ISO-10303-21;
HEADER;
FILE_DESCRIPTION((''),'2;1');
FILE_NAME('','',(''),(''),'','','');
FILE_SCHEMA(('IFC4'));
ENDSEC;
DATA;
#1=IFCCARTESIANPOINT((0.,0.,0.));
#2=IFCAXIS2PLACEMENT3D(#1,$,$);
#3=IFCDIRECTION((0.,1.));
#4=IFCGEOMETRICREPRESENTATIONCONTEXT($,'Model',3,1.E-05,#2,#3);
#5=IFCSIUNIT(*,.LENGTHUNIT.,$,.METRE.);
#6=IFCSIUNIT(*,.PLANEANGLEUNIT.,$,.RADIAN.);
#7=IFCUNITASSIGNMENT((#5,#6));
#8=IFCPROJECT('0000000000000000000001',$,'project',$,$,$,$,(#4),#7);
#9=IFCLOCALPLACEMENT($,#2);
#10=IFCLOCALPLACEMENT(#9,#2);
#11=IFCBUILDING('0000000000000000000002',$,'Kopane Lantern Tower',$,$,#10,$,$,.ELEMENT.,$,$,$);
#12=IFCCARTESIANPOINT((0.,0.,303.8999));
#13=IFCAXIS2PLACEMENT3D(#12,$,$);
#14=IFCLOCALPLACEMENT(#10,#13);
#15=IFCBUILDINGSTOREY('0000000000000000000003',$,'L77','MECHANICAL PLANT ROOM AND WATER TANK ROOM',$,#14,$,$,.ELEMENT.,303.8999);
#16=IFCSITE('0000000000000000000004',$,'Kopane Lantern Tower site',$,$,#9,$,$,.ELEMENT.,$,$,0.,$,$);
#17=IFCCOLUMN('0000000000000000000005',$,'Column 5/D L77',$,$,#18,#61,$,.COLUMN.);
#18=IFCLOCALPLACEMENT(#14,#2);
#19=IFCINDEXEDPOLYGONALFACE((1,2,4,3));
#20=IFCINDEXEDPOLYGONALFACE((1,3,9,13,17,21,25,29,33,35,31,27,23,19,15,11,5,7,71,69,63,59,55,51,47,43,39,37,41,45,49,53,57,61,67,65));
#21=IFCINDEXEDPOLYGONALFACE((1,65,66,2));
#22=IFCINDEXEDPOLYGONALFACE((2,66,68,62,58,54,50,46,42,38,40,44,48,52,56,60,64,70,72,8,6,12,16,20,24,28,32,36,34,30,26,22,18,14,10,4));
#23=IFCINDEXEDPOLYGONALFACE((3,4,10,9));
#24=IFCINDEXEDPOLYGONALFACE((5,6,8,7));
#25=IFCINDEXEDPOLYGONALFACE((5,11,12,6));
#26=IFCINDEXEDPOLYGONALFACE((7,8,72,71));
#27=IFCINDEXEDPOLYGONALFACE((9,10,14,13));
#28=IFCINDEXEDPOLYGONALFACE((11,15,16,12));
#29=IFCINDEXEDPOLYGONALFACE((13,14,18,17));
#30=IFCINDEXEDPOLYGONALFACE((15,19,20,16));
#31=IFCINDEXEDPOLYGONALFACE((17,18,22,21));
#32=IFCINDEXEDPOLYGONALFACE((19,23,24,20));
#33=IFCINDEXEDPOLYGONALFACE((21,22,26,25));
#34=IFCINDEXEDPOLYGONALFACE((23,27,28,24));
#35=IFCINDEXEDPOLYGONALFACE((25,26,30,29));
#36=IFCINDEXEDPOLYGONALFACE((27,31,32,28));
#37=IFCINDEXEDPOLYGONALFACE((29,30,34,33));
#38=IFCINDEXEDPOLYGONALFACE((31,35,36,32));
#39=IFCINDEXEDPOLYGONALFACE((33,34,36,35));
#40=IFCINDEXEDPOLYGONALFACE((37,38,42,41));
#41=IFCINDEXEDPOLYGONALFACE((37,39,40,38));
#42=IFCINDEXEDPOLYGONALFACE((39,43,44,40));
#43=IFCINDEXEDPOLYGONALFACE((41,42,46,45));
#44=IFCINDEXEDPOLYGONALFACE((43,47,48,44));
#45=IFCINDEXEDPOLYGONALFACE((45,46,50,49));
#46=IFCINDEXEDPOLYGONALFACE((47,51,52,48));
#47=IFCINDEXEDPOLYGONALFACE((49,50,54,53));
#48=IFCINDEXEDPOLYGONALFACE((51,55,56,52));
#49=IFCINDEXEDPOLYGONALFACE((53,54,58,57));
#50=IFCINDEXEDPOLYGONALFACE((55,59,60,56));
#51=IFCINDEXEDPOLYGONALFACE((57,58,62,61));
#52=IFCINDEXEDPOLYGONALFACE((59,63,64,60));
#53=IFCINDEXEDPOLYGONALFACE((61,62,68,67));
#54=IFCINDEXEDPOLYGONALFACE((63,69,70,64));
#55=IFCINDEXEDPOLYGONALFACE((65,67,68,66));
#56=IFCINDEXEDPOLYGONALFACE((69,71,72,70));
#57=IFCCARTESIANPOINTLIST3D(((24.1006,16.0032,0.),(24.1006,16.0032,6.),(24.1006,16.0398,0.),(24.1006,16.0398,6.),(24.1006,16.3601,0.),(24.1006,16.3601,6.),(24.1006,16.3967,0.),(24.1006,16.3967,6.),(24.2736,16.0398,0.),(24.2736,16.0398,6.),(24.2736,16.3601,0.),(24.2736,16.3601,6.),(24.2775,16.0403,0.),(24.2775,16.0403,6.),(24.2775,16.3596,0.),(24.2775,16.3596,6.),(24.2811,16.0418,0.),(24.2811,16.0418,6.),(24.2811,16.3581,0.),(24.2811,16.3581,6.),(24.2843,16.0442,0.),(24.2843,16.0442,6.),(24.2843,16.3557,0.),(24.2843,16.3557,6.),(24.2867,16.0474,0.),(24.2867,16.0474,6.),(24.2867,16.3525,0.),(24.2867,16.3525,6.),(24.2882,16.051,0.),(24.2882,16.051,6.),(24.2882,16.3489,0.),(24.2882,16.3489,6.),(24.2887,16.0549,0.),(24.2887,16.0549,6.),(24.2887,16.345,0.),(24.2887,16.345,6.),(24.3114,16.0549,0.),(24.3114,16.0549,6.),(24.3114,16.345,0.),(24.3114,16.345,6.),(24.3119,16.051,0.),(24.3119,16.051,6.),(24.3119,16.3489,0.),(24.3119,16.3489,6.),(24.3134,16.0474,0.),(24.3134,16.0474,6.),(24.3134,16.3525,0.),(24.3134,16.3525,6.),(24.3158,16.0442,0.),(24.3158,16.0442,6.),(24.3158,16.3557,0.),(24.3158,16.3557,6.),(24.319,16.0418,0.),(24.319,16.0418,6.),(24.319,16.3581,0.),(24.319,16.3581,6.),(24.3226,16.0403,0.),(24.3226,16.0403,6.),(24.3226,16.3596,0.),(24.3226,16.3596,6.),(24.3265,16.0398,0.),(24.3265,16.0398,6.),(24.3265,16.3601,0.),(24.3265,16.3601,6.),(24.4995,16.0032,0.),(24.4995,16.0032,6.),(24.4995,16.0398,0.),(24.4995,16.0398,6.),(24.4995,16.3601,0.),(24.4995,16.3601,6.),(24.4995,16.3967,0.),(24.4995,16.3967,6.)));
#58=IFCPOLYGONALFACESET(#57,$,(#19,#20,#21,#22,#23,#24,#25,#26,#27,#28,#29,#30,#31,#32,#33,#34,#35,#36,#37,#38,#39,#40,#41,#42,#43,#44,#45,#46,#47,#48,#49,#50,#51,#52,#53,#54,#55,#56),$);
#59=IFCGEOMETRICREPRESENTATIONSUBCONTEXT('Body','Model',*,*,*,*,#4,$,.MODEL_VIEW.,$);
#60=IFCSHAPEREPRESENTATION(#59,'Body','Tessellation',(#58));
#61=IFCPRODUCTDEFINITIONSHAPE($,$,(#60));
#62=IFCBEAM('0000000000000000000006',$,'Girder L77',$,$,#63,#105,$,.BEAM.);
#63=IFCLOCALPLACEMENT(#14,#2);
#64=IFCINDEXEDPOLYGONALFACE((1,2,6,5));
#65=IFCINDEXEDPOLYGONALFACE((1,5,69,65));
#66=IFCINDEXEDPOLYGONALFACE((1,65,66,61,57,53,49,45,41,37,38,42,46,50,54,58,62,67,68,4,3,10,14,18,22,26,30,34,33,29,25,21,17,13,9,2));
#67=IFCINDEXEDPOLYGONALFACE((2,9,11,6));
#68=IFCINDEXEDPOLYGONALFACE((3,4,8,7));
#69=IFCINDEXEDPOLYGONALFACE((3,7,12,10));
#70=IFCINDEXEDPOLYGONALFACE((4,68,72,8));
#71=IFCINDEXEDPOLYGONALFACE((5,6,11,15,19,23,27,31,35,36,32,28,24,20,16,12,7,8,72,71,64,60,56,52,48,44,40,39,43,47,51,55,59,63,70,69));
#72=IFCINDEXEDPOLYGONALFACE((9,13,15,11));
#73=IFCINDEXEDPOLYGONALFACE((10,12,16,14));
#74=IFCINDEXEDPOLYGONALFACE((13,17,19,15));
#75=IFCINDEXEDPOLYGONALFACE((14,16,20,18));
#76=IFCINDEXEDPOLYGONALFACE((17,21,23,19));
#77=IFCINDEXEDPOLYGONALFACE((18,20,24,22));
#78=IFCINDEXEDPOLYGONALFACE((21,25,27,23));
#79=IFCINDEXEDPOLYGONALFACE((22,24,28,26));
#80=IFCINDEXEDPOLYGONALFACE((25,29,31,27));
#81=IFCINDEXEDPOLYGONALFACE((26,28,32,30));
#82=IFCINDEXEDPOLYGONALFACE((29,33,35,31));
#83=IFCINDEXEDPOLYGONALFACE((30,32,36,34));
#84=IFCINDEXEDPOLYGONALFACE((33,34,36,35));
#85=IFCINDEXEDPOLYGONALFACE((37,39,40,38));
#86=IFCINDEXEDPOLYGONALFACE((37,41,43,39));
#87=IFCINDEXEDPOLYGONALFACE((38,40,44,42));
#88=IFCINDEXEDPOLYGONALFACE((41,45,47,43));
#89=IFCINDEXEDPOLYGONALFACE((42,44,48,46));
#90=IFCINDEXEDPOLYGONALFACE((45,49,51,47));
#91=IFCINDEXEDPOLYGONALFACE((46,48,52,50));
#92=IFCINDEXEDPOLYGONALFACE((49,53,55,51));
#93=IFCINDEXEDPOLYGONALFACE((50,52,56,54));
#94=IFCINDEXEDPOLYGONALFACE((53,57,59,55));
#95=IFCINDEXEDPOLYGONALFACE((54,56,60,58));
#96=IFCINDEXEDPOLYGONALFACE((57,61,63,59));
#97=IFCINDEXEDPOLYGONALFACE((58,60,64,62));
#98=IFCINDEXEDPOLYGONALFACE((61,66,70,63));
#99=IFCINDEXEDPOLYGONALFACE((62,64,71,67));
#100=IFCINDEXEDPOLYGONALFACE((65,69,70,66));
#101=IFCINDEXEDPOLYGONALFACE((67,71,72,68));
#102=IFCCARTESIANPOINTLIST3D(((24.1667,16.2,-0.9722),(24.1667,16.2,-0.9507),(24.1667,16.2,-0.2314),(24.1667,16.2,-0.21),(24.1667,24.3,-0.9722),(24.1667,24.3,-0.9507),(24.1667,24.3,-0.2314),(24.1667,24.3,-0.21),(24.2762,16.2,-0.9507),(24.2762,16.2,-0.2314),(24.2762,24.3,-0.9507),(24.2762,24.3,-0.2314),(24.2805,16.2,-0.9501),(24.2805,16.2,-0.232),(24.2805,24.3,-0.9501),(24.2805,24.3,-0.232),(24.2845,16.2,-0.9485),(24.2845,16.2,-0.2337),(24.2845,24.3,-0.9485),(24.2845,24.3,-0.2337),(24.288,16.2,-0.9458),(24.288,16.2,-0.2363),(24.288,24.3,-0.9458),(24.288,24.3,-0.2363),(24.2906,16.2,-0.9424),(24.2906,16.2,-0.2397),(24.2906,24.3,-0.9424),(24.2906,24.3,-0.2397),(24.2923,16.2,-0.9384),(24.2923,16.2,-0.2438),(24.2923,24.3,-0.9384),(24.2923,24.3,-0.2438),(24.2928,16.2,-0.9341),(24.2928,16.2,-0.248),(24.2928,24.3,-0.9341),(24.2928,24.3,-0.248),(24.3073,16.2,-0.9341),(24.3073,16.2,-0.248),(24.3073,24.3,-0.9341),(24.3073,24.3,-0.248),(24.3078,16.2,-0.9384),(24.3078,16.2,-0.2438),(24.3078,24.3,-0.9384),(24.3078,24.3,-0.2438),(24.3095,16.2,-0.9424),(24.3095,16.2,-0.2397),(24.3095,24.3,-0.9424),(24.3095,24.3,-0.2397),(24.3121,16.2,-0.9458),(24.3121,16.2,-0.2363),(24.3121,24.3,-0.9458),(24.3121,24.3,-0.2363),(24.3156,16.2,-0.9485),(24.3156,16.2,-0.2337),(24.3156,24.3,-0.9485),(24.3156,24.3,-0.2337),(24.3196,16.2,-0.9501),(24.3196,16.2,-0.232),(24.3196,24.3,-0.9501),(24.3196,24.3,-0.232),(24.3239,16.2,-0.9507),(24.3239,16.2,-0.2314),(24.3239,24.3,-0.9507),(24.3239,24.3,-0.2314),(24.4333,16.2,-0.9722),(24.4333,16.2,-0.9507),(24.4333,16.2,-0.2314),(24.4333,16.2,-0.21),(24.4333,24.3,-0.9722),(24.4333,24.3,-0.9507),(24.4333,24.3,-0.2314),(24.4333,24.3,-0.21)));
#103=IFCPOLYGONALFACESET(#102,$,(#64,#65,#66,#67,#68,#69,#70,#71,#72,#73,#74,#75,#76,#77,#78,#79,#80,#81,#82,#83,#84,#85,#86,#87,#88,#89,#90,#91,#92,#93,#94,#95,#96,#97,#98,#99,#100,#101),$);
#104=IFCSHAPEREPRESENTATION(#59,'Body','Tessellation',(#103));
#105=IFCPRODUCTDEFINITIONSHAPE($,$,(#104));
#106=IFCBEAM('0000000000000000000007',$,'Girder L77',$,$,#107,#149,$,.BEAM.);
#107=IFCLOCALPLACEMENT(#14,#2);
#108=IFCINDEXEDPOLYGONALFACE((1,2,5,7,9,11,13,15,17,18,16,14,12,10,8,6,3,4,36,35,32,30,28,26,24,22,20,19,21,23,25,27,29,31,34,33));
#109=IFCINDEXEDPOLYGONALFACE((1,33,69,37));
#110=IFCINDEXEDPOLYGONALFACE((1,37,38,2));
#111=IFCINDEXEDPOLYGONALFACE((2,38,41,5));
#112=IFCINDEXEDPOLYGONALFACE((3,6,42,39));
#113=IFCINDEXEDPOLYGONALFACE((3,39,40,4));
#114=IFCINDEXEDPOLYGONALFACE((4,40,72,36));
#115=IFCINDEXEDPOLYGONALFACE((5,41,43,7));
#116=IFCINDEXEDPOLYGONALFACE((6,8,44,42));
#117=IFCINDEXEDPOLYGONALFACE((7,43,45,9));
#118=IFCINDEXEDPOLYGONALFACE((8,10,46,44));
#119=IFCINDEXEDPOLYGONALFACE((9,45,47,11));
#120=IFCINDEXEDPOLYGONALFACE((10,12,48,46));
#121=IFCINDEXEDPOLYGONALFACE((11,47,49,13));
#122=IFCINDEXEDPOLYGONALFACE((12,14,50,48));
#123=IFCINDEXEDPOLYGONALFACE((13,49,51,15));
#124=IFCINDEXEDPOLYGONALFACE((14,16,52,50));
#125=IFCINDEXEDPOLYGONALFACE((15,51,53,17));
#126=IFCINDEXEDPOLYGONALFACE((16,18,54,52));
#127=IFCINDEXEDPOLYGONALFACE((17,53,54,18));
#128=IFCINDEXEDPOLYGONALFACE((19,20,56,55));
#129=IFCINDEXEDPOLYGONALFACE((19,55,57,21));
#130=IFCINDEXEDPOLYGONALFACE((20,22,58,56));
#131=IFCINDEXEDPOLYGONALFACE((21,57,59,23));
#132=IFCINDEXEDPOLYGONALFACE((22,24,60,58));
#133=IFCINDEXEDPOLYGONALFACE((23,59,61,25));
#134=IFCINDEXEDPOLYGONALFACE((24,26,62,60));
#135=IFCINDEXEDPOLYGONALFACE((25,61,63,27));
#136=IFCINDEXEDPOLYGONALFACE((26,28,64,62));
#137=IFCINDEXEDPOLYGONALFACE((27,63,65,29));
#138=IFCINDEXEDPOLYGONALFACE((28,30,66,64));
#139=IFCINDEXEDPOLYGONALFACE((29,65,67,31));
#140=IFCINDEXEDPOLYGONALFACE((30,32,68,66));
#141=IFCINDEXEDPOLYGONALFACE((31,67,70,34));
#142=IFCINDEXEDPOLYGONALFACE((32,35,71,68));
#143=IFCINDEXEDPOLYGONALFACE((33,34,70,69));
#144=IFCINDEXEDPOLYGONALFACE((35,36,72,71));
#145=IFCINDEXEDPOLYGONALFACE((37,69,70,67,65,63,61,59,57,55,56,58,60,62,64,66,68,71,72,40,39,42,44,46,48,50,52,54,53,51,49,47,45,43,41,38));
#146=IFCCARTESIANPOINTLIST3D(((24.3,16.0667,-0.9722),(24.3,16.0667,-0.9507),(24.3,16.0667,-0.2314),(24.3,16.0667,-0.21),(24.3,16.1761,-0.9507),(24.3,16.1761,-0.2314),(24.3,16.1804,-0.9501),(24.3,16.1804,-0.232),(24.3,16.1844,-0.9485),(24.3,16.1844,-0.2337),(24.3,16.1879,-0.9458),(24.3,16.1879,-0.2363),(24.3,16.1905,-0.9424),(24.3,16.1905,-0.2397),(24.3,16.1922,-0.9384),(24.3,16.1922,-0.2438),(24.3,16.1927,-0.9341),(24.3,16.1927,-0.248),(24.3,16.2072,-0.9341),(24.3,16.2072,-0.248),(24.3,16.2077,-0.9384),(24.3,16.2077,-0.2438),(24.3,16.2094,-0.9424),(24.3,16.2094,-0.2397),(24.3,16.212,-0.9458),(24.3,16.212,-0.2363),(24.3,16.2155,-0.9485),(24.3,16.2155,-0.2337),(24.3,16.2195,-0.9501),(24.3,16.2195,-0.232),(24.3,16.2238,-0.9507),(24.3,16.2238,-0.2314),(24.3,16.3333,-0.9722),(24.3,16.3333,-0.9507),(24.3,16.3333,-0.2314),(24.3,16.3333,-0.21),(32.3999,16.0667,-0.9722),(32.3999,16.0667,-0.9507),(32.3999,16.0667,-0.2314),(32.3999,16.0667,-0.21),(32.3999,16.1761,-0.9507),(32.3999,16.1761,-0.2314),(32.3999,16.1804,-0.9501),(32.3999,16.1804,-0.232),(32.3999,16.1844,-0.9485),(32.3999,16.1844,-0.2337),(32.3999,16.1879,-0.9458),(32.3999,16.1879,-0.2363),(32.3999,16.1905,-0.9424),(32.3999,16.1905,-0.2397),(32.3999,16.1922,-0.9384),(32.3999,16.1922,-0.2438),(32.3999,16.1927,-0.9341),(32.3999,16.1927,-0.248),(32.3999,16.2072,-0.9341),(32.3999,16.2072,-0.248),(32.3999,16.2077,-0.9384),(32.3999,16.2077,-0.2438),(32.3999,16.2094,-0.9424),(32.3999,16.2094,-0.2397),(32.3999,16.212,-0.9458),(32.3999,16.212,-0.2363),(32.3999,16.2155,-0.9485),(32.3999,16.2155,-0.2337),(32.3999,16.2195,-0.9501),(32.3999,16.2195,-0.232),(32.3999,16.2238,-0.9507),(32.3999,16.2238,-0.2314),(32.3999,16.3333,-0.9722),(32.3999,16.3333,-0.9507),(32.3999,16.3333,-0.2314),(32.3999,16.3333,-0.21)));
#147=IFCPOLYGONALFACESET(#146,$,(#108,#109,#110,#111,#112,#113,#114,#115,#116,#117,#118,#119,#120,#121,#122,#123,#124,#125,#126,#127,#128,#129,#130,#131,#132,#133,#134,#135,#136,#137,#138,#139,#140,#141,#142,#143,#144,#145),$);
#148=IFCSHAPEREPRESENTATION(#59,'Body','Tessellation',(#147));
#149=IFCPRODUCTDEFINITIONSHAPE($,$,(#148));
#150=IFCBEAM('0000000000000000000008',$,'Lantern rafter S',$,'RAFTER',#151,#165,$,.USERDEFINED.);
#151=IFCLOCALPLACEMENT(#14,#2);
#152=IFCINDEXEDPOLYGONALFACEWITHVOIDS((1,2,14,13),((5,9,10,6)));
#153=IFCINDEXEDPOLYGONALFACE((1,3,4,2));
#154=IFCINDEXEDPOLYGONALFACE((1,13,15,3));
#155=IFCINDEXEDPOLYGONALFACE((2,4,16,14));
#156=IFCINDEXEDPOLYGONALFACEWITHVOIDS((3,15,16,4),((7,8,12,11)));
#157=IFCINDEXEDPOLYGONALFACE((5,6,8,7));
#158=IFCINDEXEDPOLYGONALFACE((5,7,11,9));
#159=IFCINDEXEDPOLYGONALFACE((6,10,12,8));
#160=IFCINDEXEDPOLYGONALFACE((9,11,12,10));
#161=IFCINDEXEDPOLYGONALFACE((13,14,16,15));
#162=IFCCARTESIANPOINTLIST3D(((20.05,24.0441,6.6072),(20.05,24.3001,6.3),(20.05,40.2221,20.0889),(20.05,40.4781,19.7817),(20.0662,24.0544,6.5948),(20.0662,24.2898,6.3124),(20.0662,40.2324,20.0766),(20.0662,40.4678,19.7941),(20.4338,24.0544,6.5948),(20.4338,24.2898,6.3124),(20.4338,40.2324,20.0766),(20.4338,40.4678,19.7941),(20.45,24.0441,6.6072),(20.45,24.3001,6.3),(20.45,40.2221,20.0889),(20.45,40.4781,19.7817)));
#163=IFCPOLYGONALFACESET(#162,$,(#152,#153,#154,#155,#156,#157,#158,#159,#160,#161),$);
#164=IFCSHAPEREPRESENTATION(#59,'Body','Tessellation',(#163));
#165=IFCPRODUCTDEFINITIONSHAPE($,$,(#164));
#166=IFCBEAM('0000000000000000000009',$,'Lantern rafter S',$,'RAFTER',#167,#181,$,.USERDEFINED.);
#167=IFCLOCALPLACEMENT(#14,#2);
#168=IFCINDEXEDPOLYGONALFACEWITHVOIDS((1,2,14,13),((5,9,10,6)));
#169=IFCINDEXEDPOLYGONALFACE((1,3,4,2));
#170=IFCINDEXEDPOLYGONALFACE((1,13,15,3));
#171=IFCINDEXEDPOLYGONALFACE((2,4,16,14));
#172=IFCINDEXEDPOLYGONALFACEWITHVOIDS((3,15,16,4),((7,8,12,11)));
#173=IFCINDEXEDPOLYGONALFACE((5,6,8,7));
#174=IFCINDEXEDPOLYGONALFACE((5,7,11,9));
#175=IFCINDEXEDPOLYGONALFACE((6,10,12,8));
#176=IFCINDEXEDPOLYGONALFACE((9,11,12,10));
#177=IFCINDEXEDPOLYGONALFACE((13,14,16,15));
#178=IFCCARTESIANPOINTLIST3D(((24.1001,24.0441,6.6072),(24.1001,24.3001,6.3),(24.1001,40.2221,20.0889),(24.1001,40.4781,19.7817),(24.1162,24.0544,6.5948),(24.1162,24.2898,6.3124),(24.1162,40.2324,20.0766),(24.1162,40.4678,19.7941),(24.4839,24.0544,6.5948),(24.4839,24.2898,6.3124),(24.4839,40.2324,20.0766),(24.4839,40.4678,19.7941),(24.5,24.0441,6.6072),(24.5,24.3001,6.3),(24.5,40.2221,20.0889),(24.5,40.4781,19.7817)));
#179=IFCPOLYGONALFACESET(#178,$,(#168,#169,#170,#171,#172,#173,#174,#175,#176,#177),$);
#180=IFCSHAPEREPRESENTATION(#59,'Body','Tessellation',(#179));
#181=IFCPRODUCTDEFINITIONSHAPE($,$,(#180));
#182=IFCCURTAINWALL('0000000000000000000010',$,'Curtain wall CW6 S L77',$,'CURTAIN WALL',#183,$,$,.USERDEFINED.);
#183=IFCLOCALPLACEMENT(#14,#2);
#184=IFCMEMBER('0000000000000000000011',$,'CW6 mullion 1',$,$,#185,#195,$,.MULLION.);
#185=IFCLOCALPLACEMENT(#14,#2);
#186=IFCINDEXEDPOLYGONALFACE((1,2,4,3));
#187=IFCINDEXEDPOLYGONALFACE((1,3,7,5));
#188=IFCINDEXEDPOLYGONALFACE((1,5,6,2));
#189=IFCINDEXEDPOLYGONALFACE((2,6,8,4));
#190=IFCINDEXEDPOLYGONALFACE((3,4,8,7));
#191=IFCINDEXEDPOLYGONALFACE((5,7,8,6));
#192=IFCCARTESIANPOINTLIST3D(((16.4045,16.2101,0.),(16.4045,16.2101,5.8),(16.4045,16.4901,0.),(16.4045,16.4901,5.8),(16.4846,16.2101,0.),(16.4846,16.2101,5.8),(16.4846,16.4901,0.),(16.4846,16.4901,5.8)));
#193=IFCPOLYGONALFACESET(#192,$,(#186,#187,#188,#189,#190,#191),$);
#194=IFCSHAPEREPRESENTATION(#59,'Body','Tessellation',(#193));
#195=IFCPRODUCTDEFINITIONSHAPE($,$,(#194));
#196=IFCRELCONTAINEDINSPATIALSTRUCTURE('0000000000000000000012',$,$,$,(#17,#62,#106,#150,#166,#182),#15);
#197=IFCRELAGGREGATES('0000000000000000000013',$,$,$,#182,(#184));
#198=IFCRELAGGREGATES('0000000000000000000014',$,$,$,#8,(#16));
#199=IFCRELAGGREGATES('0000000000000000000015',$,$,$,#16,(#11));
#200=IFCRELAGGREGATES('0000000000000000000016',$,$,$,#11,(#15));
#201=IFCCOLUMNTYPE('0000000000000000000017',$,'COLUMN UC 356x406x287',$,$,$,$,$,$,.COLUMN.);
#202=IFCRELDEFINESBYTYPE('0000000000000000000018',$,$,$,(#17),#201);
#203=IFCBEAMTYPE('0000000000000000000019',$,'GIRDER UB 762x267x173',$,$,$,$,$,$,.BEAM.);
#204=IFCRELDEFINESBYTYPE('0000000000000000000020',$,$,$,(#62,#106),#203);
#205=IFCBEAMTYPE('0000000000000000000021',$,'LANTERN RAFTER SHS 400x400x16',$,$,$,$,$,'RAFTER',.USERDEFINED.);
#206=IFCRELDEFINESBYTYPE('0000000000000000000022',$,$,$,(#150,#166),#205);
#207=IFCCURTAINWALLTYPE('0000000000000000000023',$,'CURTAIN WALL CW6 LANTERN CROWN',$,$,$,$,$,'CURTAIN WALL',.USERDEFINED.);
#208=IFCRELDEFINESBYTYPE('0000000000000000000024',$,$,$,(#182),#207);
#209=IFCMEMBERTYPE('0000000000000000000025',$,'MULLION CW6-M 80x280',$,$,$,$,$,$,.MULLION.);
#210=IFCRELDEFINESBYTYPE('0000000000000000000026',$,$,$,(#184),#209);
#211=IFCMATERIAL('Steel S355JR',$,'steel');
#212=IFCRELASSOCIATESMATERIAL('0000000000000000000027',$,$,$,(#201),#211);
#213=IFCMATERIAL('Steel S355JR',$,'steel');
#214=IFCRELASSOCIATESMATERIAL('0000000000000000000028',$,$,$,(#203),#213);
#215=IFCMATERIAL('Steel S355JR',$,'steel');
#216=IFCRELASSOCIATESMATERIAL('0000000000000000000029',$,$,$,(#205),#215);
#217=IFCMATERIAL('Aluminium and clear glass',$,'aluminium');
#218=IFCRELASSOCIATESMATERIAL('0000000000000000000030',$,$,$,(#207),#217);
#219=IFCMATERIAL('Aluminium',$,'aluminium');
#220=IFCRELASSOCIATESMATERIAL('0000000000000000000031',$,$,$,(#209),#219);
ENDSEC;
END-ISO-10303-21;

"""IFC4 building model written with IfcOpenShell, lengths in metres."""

from ifc_helpers import new_model, si_unit, direction, frame, origin, origin_2d, place, context, subcontext, project, spatial, rectangle, hollow_rectangle, i_section, extrude, material, material_profile, profile_set, type_object, element, aggregate, save


model = new_model("IFC4")

# Units and contexts
model_context = context("Model", 3, precision=1e-05, world=origin(), true_north=direction((0.0, 1.0)))
body_context = subcontext(model_context, "Body", "Model", "MODEL_VIEW")
ifc_project = project(units=[si_unit("LENGTHUNIT", "METRE"), si_unit("PLANEANGLEUNIT", "RADIAN")], contexts=[model_context])

# Site, building, storey
site_placement = place(None, origin())
site = spatial("IfcSite", under=ifc_project, at=site_placement, Name="Kopane Lantern Tower site", CompositionType="ELEMENT", RefElevation=0.0)
building_placement = place(site_placement, origin())
building = spatial("IfcBuilding", under=site, at=building_placement, Name="Kopane Lantern Tower", CompositionType="ELEMENT")
storey_placement = place(building_placement, frame((0.0, 0.0, 303.8999)))
storey = spatial("IfcBuildingStorey", under=building, at=storey_placement, Name="L77", Description="MECHANICAL PLANT ROOM AND WATER TANK ROOM", CompositionType="ELEMENT", Elevation=303.8999)

# Column
ifc_material_1 = material(Name="Steel S355JR", Category="steel")
ifc_material_profile_1 = material_profile(ifc_material_1, i_section(OverallWidth=0.3989, OverallDepth=0.3936, WebThickness=0.0227, FlangeThickness=0.0366, FilletRadius=0.0151, at=origin_2d()), Name="UC 356x406x287")
ifc_profile_set_1 = profile_set([ifc_material_profile_1], Name="Steel S355JR")
column_type = type_object("IfcColumnType", Name="COLUMN UC 356x406x287", PredefinedType="COLUMN", material=ifc_profile_set_1)
column_placement = place(storey_placement, frame((24.3, 16.2, 0.0), z_axis=(0.0, 0.0, 1.0), x_axis=(1.0, 0.0, 0.0)))
element("IfcColumn", 1, at=column_placement, inside=storey, type_object=column_type, Name="Column 5/D L77", PredefinedType="COLUMN", context=body_context, shape_type="SweptSolid", body=[
    extrude(i_section(OverallWidth=0.3989, OverallDepth=0.3936, WebThickness=0.0227, FlangeThickness=0.0366, FilletRadius=0.0151, at=origin_2d()), origin(), (0.0, 0.0, 1.0), 6.0),
])

# Beams
ifc_material_2 = material(Name="Steel S355JR", Category="steel")
ifc_material_profile_2 = material_profile(ifc_material_2, i_section(OverallWidth=0.2666, OverallDepth=0.7622, WebThickness=0.0144, FlangeThickness=0.0215, FilletRadius=0.0166, at=origin_2d()), Name="UB 762x267x173")
ifc_profile_set_2 = profile_set([ifc_material_profile_2], Name="Steel S355JR")
beam_type_1 = type_object("IfcBeamType", Name="GIRDER UB 762x267x173", PredefinedType="BEAM", material=ifc_profile_set_2)
beam_1_placement = place(storey_placement, frame((24.3, 16.2, -0.5911), z_axis=(0.0, 1.0, 0.0), x_axis=(-1.0, 0.0, 0.0)))
element("IfcBeam", 2, at=beam_1_placement, inside=storey, type_object=beam_type_1, Name="Girder L77", PredefinedType="BEAM", context=body_context, shape_type="SweptSolid", body=[
    extrude(i_section(OverallWidth=0.2666, OverallDepth=0.7622, WebThickness=0.0144, FlangeThickness=0.0215, FilletRadius=0.0166, at=origin_2d()), origin(), (0.0, 0.0, 1.0), 8.1001),
])
beam_2_placement = place(storey_placement, frame((24.3, 16.2, -0.5911), z_axis=(1.0, 0.0, 0.0), x_axis=(0.0, 1.0, 0.0)))
element("IfcBeam", 3, at=beam_2_placement, inside=storey, type_object=beam_type_1, Name="Girder L77", PredefinedType="BEAM", context=body_context, shape_type="SweptSolid", body=[
    extrude(i_section(OverallWidth=0.2666, OverallDepth=0.7622, WebThickness=0.0144, FlangeThickness=0.0215, FilletRadius=0.0166, at=origin_2d()), origin(), (0.0, 0.0, 1.0), 8.0999),
])
ifc_material_3 = material(Name="Steel S355JR", Category="steel")
ifc_material_profile_3 = material_profile(ifc_material_3, hollow_rectangle(XDim=0.3999, YDim=0.3999, WallThickness=0.0161, at=origin_2d()), Name="RHS 400x400x16")
ifc_profile_set_3 = profile_set([ifc_material_profile_3], Name="Steel S355JR")
beam_type_2 = type_object("IfcBeamType", Name="LANTERN RAFTER SHS 400x400x16", ElementType="RAFTER", PredefinedType="USERDEFINED", material=ifc_profile_set_3)
for number, where, z_axis, x_axis, name in (
    (4, (20.25, 24.1721, 6.4536), (0.0, 0.76822, 0.640186), (-1.0, 0.0, 0.0), "Lantern rafter S"),
    (5, (24.3, 24.1721, 6.4536), (0.0, 0.76822, 0.640186), (-1.0, 0.0, 0.0), "Lantern rafter S"),
):
    element("IfcBeam", number, at=place(storey_placement, frame(where, z_axis=z_axis, x_axis=x_axis)), inside=storey, type_object=beam_type_2, Name=name, ObjectType="RAFTER", PredefinedType="USERDEFINED", context=body_context, shape_type="SweptSolid", body=[
        extrude(hollow_rectangle(XDim=0.3999, YDim=0.3999, WallThickness=0.0161, at=origin_2d()), origin(), (0.0, 0.0, 1.0), 21.0591),
    ])

# Curtain wall, member
ifc_material_4 = material(Name="Aluminium and clear glass", Category="aluminium")
curtain_wall_type = type_object("IfcCurtainWallType", Name="CURTAIN WALL CW6 LANTERN CROWN", ElementType="CURTAIN WALL", PredefinedType="USERDEFINED", material=ifc_material_4)
curtain_wall_1_placement = place(storey_placement, origin())
curtain_wall_1 = element("IfcCurtainWall", 6, at=curtain_wall_1_placement, inside=storey, type_object=curtain_wall_type, Name="Curtain wall CW6 S L77", ObjectType="CURTAIN WALL", PredefinedType="USERDEFINED")
ifc_material_5 = material(Name="Aluminium", Category="aluminium")
ifc_material_profile_4 = material_profile(ifc_material_5, rectangle(XDim=0.0801, YDim=0.28, at=origin_2d()), Name="AL 80x280")
ifc_profile_set_4 = profile_set([ifc_material_profile_4], Name="Aluminium")
member_type_1 = type_object("IfcMemberType", Name="MULLION CW6-M 80x280", PredefinedType="MULLION", material=ifc_profile_set_4)
member_1_placement = place(storey_placement, frame((16.4446, 16.3501, 0.0), z_axis=(0.0, 0.0, 1.0), x_axis=(1.0, 0.0, 0.0)))
member_1 = element("IfcMember", 7, at=member_1_placement, type_object=member_type_1, Name="CW6 mullion 1", PredefinedType="MULLION", context=body_context, shape_type="SweptSolid", body=[
    extrude(rectangle(XDim=0.0801, YDim=0.28, at=origin_2d()), origin(), (0.0, 0.0, 1.0), 5.8),
])

aggregate(curtain_wall_1, [member_1])

save(model, "model.ifc")
